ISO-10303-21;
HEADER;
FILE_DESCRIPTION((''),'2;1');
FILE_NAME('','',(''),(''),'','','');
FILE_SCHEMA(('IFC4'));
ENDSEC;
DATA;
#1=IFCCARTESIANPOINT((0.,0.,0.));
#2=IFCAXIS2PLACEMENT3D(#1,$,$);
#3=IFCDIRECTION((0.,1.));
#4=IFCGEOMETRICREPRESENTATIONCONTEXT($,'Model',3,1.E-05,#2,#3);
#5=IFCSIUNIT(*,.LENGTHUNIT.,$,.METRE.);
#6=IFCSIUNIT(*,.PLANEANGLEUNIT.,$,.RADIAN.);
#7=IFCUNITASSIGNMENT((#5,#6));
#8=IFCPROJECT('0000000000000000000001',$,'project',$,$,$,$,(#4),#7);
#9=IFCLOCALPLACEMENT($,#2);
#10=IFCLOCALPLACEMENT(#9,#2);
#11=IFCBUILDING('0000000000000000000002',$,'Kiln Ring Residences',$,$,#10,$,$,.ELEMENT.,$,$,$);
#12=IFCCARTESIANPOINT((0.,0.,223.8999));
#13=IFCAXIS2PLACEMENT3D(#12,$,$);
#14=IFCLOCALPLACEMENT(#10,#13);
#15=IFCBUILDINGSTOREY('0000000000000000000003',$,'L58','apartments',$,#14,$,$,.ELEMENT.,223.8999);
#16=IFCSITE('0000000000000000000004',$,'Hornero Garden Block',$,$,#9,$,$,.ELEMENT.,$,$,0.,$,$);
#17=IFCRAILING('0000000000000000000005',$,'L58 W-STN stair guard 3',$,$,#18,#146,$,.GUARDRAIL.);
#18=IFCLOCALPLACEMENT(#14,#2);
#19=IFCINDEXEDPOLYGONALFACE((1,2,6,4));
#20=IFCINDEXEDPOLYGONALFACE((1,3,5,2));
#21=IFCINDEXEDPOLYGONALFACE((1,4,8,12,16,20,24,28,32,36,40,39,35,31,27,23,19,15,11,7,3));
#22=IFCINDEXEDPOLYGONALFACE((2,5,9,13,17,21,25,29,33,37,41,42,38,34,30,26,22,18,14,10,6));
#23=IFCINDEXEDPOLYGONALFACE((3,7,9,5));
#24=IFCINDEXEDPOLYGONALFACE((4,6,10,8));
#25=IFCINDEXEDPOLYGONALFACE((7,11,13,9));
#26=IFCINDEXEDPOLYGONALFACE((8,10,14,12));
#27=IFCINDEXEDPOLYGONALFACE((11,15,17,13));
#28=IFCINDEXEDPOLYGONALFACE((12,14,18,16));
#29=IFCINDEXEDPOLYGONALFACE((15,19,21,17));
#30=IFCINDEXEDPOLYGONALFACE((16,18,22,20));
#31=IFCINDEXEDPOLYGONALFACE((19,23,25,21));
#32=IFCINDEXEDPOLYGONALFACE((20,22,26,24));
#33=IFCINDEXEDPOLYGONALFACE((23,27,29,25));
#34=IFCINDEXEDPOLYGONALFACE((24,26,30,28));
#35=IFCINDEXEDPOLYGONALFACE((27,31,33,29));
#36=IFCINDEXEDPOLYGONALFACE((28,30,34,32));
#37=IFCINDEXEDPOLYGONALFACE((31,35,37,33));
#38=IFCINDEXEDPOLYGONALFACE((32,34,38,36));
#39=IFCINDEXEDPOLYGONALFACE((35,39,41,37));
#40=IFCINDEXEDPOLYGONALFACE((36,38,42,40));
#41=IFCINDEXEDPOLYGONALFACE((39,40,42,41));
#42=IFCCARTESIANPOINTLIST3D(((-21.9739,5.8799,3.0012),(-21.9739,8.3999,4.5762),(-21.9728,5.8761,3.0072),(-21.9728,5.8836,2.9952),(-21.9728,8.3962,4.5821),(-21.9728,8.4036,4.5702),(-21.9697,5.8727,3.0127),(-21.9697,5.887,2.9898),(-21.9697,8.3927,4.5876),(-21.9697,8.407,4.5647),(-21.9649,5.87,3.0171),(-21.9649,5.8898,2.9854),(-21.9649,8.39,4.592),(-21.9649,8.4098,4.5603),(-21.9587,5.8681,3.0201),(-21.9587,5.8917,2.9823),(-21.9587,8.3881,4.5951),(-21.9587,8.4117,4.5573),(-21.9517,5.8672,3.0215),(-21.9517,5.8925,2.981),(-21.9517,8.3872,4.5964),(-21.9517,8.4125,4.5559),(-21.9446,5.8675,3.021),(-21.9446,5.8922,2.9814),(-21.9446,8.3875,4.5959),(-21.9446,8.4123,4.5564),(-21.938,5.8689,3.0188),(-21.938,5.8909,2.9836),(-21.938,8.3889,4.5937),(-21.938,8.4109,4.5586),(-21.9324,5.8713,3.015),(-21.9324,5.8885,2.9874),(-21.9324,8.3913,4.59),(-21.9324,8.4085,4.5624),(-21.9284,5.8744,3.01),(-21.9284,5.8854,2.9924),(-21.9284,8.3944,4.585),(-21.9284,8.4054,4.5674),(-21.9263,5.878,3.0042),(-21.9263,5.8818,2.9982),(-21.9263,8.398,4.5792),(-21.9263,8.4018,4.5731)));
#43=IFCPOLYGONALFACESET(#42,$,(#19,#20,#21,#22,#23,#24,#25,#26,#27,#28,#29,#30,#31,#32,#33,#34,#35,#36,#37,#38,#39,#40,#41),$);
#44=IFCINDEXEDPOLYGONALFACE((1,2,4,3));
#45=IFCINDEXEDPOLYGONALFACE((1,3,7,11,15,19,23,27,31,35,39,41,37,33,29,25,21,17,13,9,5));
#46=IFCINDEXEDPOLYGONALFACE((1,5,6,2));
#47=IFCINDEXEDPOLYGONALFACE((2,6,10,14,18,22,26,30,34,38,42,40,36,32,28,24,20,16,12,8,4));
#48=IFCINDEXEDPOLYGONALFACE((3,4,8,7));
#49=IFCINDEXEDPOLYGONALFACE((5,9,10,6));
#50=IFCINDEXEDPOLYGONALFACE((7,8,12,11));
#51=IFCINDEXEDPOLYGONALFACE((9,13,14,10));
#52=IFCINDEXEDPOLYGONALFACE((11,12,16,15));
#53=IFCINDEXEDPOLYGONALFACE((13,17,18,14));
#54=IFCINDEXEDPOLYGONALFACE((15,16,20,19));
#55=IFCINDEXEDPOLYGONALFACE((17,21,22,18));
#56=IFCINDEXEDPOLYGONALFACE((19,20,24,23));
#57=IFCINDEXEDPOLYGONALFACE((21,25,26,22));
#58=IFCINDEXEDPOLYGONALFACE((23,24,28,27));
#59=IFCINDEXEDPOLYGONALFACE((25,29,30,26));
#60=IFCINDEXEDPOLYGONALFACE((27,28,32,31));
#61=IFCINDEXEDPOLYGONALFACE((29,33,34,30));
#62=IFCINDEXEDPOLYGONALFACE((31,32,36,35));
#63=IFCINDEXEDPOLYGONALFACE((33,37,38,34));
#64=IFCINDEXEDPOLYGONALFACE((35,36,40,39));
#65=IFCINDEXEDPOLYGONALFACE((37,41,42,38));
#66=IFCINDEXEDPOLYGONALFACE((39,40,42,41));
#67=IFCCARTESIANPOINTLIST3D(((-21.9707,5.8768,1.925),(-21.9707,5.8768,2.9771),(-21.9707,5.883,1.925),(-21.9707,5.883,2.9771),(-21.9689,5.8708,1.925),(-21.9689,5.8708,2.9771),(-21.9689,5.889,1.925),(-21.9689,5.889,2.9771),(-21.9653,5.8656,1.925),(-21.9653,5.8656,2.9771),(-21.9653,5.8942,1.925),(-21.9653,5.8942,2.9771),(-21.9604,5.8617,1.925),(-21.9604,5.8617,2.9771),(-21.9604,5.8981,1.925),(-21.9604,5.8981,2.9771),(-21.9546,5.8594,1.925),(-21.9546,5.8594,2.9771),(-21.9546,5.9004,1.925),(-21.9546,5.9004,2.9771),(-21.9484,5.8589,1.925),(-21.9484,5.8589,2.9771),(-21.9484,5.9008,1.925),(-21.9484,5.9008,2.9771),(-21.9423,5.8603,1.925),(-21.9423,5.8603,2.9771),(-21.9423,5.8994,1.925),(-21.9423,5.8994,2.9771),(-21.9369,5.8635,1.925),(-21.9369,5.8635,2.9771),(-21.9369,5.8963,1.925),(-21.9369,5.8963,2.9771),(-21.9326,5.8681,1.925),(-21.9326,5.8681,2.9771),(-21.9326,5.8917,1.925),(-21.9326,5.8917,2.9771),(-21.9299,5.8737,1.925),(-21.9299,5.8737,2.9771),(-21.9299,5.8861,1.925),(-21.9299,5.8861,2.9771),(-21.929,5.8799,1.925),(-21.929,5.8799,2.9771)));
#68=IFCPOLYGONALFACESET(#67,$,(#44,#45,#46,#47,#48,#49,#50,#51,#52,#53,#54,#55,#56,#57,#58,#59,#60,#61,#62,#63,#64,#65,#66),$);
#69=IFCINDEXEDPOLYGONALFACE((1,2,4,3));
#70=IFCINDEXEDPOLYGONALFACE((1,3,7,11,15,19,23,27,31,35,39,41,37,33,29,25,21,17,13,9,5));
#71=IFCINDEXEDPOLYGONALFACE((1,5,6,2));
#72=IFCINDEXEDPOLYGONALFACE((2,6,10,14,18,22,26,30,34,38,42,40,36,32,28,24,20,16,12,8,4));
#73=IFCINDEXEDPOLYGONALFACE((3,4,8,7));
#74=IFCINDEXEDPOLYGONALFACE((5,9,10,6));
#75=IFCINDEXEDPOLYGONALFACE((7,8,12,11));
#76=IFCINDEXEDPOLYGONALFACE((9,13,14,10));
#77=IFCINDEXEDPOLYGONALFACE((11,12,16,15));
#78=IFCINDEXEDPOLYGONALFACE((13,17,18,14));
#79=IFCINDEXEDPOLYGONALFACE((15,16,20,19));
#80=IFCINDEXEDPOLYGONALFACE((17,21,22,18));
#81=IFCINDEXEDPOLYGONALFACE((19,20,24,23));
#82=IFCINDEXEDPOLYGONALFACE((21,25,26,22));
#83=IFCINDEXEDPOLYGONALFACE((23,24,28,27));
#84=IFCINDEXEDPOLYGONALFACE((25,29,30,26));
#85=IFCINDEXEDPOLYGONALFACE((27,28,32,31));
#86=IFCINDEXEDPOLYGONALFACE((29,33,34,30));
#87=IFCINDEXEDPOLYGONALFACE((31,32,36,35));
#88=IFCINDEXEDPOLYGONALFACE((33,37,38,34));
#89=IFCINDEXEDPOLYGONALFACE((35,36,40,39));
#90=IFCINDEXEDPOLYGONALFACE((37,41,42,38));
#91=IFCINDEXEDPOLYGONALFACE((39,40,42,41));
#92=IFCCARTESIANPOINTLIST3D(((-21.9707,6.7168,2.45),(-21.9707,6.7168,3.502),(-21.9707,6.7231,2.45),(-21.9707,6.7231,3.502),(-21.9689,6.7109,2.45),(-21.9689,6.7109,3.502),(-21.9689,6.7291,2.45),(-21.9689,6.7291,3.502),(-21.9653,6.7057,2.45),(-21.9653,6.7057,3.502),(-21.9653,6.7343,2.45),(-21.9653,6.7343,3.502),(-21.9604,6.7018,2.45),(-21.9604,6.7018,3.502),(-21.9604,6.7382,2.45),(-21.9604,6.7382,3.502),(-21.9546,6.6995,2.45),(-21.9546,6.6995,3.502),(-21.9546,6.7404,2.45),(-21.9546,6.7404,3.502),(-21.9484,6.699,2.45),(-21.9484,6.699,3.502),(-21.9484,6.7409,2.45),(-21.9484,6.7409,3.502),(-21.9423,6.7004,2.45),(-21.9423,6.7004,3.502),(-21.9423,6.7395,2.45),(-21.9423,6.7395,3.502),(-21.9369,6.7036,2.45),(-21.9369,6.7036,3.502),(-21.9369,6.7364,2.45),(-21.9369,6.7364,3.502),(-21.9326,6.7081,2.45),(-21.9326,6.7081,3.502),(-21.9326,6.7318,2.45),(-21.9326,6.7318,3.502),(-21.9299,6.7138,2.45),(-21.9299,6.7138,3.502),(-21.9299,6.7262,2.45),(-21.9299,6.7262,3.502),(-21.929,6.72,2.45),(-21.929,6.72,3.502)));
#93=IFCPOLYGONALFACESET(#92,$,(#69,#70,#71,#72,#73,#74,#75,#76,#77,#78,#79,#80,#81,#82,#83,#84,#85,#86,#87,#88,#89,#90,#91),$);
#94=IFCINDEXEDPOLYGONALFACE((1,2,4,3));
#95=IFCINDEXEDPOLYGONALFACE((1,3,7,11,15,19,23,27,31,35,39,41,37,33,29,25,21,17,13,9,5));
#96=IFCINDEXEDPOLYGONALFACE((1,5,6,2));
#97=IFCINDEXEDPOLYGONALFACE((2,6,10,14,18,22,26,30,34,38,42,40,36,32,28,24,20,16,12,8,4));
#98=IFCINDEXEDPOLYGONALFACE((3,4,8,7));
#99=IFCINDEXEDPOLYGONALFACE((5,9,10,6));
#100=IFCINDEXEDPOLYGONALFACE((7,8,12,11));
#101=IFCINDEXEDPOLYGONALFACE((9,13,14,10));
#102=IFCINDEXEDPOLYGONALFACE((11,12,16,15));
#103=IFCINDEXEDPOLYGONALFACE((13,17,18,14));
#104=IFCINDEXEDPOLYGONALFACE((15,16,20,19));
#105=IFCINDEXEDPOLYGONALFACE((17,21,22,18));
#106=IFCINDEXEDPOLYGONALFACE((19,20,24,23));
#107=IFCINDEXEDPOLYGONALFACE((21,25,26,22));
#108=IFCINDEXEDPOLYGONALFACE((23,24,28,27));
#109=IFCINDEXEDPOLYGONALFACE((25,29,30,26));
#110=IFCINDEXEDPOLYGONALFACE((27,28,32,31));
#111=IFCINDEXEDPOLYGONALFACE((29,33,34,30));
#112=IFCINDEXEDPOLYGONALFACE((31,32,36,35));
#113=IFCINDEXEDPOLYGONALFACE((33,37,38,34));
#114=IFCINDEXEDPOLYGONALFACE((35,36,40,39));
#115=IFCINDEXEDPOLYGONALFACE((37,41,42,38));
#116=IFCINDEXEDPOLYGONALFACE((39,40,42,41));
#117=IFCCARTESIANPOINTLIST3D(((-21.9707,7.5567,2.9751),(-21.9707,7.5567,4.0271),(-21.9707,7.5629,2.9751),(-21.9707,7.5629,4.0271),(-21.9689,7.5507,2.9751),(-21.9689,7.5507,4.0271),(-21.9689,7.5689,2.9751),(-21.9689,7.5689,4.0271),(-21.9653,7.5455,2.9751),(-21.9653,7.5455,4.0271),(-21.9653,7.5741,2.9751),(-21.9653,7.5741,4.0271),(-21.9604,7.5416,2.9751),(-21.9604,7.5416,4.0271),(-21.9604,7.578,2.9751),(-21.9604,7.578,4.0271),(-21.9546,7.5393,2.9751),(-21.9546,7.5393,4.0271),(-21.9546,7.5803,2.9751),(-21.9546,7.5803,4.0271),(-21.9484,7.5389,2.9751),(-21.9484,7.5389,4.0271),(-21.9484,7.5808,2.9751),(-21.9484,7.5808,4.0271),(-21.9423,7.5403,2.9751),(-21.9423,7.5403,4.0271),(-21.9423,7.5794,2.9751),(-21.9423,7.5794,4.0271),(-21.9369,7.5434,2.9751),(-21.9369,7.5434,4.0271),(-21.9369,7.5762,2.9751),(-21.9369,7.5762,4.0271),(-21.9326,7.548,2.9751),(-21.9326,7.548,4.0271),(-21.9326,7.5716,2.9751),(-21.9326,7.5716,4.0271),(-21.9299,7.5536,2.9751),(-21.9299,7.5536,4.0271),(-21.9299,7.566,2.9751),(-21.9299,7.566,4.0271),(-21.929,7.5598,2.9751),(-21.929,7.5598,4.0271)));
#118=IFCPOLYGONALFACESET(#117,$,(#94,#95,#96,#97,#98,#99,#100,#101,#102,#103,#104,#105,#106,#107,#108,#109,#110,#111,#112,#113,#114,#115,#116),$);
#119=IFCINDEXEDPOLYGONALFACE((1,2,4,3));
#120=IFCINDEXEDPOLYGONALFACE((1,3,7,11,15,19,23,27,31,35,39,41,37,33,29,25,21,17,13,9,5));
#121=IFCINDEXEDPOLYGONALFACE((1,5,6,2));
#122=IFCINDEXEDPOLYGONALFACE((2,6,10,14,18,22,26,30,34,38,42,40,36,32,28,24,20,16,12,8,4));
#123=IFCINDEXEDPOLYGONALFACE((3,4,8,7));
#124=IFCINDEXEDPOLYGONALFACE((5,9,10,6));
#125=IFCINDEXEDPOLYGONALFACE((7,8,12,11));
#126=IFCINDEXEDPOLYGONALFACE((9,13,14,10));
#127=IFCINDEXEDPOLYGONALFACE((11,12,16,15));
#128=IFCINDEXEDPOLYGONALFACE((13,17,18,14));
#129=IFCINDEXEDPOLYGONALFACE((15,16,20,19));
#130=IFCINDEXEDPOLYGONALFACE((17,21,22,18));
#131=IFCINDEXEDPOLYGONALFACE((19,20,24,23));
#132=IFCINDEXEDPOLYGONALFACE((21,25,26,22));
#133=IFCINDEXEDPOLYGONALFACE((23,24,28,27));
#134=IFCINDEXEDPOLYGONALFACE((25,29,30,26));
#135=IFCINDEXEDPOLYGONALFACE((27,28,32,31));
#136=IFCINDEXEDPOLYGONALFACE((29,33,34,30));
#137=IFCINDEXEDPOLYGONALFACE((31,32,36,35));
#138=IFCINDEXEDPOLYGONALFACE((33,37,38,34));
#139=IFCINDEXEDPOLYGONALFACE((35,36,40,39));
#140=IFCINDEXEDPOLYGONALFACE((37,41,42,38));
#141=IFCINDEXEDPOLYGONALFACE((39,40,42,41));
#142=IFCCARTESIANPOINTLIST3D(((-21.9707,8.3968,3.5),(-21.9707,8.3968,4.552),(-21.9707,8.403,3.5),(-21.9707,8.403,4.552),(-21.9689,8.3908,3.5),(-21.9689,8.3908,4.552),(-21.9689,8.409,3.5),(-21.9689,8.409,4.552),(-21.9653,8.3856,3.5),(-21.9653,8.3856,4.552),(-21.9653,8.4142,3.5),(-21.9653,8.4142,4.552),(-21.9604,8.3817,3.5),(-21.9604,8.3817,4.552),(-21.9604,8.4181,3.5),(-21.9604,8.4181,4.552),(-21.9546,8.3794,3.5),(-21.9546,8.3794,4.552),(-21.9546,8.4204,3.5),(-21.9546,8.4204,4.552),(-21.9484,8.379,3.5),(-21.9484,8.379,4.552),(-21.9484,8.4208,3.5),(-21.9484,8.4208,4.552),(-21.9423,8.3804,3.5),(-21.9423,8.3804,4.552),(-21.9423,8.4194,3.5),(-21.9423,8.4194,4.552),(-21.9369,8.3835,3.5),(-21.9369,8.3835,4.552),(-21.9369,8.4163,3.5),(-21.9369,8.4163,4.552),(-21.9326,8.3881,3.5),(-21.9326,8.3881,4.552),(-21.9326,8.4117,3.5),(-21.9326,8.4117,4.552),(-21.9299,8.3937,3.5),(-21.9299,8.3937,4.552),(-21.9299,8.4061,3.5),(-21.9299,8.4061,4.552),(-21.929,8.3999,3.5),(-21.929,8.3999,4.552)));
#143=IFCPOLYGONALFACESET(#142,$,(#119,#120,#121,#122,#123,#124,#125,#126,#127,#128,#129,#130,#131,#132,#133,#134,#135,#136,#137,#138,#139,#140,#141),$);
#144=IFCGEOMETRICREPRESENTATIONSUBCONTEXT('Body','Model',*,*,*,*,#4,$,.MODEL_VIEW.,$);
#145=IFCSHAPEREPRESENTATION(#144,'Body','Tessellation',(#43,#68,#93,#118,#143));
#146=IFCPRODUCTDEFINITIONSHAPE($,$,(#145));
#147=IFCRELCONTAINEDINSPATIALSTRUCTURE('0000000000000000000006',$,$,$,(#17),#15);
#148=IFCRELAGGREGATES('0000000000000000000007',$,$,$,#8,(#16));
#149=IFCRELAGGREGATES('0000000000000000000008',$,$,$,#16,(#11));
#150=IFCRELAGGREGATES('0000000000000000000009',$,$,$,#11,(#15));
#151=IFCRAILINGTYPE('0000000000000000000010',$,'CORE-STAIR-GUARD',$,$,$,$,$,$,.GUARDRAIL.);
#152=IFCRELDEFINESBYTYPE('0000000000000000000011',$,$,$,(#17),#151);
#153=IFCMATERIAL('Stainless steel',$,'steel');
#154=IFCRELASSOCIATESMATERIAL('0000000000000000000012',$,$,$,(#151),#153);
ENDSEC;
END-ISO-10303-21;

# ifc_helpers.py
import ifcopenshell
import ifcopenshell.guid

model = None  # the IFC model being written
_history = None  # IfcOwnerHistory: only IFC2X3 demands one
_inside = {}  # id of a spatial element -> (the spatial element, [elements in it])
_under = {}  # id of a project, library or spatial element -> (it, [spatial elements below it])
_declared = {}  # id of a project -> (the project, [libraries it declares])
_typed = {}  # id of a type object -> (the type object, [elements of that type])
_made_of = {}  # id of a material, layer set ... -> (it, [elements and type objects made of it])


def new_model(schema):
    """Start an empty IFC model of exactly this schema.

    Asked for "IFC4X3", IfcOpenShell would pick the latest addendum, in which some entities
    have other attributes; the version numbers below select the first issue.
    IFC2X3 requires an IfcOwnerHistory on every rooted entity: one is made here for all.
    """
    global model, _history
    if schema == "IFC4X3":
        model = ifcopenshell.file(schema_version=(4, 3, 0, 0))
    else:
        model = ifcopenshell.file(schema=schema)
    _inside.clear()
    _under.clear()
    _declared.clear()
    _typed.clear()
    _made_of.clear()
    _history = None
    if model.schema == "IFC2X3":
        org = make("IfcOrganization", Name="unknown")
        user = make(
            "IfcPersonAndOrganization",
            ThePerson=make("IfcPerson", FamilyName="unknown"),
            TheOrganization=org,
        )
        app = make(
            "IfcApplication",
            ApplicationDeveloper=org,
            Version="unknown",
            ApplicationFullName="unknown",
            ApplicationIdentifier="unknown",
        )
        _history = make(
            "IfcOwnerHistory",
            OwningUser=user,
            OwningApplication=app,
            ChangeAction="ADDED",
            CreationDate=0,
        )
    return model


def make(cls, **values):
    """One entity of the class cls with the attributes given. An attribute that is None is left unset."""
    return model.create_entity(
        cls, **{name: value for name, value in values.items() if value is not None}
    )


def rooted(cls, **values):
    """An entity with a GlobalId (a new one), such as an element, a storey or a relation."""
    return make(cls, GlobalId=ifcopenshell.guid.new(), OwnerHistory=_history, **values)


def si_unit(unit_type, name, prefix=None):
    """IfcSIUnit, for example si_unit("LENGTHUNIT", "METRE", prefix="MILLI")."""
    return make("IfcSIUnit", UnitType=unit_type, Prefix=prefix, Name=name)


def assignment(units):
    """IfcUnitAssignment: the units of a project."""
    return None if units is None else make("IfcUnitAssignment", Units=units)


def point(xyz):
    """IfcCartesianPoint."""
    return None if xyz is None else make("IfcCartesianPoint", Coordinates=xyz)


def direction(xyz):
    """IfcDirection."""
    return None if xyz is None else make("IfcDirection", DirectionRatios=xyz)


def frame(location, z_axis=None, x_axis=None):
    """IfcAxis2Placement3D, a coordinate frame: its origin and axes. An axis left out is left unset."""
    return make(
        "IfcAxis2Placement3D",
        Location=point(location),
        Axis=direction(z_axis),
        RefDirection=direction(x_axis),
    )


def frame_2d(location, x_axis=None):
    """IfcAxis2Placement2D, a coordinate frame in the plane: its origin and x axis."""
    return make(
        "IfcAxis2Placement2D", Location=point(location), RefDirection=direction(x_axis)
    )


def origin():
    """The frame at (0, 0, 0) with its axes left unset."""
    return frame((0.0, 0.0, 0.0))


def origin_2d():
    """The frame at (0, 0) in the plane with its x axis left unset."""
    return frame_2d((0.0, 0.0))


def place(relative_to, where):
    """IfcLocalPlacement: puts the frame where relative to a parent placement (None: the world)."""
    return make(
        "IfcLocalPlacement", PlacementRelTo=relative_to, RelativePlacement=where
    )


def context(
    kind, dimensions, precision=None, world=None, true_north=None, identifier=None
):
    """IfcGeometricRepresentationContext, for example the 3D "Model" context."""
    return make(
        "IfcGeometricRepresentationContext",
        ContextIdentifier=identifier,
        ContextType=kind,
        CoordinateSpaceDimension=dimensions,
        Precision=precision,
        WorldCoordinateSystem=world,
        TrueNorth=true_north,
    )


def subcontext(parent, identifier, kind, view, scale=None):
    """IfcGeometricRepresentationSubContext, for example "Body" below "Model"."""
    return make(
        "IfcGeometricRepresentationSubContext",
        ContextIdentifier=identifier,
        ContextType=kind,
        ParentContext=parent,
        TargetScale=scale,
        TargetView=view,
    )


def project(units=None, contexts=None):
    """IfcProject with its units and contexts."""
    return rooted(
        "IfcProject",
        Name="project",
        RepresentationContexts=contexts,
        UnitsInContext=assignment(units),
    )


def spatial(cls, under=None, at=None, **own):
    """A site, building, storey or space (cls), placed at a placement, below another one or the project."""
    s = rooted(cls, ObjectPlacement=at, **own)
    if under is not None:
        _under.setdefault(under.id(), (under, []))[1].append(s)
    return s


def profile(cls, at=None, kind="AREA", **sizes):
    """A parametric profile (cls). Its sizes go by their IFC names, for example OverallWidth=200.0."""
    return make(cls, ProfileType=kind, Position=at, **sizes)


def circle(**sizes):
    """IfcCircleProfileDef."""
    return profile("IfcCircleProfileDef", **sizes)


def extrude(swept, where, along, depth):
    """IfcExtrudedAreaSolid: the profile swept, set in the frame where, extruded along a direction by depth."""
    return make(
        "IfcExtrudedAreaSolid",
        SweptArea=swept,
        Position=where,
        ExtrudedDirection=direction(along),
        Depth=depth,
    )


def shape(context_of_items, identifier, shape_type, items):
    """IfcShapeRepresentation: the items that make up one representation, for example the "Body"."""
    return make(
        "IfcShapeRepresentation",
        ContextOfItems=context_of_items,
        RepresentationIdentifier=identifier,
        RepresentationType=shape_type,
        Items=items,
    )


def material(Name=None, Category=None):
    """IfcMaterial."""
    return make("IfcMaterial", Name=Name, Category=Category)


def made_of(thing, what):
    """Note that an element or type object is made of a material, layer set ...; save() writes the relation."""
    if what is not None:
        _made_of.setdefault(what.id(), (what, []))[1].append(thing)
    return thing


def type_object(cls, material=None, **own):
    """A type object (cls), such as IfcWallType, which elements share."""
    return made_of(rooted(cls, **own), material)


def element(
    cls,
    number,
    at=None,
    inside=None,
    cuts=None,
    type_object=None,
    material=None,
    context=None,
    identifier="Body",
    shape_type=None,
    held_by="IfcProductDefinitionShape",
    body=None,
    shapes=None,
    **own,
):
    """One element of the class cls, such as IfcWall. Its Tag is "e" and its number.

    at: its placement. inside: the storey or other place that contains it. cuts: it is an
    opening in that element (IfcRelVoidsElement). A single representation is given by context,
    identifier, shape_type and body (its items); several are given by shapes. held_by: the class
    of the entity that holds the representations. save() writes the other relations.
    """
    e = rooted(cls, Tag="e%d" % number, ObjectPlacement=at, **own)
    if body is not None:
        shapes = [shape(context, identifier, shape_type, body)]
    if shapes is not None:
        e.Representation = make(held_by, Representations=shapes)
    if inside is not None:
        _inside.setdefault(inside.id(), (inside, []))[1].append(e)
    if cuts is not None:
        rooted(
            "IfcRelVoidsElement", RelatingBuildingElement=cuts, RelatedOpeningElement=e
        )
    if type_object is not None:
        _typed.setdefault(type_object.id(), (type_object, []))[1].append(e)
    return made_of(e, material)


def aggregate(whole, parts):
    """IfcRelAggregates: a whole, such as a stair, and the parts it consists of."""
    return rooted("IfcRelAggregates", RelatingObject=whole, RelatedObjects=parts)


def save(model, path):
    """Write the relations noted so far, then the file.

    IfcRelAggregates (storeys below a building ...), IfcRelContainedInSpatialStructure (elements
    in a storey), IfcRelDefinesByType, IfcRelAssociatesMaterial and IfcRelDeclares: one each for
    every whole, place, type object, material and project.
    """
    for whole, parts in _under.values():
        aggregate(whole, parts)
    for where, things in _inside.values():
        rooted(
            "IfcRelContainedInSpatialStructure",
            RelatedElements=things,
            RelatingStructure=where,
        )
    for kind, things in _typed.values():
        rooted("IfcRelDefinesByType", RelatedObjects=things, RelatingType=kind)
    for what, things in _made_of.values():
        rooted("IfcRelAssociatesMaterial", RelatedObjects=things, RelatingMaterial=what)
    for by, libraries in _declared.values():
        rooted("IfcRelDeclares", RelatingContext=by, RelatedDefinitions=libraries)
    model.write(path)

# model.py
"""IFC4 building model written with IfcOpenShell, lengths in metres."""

from ifc_helpers import new_model, si_unit, direction, frame, origin, origin_2d, place, context, subcontext, project, spatial, circle, extrude, material, type_object, element, save


model = new_model("IFC4")

# Units and contexts
model_context = context("Model", 3, precision=1e-05, world=origin(), true_north=direction((0.0, 1.0)))
body_context = subcontext(model_context, "Body", "Model", "MODEL_VIEW")
ifc_project = project(units=[si_unit("LENGTHUNIT", "METRE"), si_unit("PLANEANGLEUNIT", "RADIAN")], contexts=[model_context])

# Site, building, storey
site_placement = place(None, origin())
site = spatial("IfcSite", under=ifc_project, at=site_placement, Name="Hornero Garden Block", CompositionType="ELEMENT", RefElevation=0.0)
building_placement = place(site_placement, origin())
building = spatial("IfcBuilding", under=site, at=building_placement, Name="Kiln Ring Residences", CompositionType="ELEMENT")
storey_placement = place(building_placement, frame((0.0, 0.0, 223.8999)))
storey = spatial("IfcBuildingStorey", under=building, at=storey_placement, Name="L58", Description="apartments", CompositionType="ELEMENT", Elevation=223.8999)

# Railing
ifc_material_1 = material(Name="Stainless steel", Category="steel")
railing_type_1 = type_object("IfcRailingType", Name="CORE-STAIR-GUARD", PredefinedType="GUARDRAIL", material=ifc_material_1)
railing_1_placement = place(storey_placement, frame((-21.95, 5.8799, 1.925)))
element("IfcRailing", 1, at=railing_1_placement, inside=storey, type_object=railing_type_1, Name="L58 W-STN stair guard 3", PredefinedType="GUARDRAIL", context=body_context, shape_type="SweptSolid", body=[
    extrude(circle(Radius=0.0239, at=origin_2d()), frame((0.0, 0.0, 1.0762), z_axis=(0.0, 0.848008, 0.529984), x_axis=(-1.0, 0.0, 0.0)), (0.0, 0.0, 1.0), 2.9717),
    extrude(circle(Radius=0.021, at=origin_2d()), origin(), (0.0, 0.0, 1.0), 1.052),
    extrude(circle(Radius=0.021, at=origin_2d()), frame((0.0, 0.8401, 0.5249)), (0.0, 0.0, 1.0), 1.052),
    extrude(circle(Radius=0.021, at=origin_2d()), frame((0.0, 1.6799, 1.05)), (0.0, 0.0, 1.0), 1.052),
    extrude(circle(Radius=0.021, at=origin_2d()), frame((0.0, 2.52, 1.575)), (0.0, 0.0, 1.0), 1.052),
])

save(model, "model.ifc")
